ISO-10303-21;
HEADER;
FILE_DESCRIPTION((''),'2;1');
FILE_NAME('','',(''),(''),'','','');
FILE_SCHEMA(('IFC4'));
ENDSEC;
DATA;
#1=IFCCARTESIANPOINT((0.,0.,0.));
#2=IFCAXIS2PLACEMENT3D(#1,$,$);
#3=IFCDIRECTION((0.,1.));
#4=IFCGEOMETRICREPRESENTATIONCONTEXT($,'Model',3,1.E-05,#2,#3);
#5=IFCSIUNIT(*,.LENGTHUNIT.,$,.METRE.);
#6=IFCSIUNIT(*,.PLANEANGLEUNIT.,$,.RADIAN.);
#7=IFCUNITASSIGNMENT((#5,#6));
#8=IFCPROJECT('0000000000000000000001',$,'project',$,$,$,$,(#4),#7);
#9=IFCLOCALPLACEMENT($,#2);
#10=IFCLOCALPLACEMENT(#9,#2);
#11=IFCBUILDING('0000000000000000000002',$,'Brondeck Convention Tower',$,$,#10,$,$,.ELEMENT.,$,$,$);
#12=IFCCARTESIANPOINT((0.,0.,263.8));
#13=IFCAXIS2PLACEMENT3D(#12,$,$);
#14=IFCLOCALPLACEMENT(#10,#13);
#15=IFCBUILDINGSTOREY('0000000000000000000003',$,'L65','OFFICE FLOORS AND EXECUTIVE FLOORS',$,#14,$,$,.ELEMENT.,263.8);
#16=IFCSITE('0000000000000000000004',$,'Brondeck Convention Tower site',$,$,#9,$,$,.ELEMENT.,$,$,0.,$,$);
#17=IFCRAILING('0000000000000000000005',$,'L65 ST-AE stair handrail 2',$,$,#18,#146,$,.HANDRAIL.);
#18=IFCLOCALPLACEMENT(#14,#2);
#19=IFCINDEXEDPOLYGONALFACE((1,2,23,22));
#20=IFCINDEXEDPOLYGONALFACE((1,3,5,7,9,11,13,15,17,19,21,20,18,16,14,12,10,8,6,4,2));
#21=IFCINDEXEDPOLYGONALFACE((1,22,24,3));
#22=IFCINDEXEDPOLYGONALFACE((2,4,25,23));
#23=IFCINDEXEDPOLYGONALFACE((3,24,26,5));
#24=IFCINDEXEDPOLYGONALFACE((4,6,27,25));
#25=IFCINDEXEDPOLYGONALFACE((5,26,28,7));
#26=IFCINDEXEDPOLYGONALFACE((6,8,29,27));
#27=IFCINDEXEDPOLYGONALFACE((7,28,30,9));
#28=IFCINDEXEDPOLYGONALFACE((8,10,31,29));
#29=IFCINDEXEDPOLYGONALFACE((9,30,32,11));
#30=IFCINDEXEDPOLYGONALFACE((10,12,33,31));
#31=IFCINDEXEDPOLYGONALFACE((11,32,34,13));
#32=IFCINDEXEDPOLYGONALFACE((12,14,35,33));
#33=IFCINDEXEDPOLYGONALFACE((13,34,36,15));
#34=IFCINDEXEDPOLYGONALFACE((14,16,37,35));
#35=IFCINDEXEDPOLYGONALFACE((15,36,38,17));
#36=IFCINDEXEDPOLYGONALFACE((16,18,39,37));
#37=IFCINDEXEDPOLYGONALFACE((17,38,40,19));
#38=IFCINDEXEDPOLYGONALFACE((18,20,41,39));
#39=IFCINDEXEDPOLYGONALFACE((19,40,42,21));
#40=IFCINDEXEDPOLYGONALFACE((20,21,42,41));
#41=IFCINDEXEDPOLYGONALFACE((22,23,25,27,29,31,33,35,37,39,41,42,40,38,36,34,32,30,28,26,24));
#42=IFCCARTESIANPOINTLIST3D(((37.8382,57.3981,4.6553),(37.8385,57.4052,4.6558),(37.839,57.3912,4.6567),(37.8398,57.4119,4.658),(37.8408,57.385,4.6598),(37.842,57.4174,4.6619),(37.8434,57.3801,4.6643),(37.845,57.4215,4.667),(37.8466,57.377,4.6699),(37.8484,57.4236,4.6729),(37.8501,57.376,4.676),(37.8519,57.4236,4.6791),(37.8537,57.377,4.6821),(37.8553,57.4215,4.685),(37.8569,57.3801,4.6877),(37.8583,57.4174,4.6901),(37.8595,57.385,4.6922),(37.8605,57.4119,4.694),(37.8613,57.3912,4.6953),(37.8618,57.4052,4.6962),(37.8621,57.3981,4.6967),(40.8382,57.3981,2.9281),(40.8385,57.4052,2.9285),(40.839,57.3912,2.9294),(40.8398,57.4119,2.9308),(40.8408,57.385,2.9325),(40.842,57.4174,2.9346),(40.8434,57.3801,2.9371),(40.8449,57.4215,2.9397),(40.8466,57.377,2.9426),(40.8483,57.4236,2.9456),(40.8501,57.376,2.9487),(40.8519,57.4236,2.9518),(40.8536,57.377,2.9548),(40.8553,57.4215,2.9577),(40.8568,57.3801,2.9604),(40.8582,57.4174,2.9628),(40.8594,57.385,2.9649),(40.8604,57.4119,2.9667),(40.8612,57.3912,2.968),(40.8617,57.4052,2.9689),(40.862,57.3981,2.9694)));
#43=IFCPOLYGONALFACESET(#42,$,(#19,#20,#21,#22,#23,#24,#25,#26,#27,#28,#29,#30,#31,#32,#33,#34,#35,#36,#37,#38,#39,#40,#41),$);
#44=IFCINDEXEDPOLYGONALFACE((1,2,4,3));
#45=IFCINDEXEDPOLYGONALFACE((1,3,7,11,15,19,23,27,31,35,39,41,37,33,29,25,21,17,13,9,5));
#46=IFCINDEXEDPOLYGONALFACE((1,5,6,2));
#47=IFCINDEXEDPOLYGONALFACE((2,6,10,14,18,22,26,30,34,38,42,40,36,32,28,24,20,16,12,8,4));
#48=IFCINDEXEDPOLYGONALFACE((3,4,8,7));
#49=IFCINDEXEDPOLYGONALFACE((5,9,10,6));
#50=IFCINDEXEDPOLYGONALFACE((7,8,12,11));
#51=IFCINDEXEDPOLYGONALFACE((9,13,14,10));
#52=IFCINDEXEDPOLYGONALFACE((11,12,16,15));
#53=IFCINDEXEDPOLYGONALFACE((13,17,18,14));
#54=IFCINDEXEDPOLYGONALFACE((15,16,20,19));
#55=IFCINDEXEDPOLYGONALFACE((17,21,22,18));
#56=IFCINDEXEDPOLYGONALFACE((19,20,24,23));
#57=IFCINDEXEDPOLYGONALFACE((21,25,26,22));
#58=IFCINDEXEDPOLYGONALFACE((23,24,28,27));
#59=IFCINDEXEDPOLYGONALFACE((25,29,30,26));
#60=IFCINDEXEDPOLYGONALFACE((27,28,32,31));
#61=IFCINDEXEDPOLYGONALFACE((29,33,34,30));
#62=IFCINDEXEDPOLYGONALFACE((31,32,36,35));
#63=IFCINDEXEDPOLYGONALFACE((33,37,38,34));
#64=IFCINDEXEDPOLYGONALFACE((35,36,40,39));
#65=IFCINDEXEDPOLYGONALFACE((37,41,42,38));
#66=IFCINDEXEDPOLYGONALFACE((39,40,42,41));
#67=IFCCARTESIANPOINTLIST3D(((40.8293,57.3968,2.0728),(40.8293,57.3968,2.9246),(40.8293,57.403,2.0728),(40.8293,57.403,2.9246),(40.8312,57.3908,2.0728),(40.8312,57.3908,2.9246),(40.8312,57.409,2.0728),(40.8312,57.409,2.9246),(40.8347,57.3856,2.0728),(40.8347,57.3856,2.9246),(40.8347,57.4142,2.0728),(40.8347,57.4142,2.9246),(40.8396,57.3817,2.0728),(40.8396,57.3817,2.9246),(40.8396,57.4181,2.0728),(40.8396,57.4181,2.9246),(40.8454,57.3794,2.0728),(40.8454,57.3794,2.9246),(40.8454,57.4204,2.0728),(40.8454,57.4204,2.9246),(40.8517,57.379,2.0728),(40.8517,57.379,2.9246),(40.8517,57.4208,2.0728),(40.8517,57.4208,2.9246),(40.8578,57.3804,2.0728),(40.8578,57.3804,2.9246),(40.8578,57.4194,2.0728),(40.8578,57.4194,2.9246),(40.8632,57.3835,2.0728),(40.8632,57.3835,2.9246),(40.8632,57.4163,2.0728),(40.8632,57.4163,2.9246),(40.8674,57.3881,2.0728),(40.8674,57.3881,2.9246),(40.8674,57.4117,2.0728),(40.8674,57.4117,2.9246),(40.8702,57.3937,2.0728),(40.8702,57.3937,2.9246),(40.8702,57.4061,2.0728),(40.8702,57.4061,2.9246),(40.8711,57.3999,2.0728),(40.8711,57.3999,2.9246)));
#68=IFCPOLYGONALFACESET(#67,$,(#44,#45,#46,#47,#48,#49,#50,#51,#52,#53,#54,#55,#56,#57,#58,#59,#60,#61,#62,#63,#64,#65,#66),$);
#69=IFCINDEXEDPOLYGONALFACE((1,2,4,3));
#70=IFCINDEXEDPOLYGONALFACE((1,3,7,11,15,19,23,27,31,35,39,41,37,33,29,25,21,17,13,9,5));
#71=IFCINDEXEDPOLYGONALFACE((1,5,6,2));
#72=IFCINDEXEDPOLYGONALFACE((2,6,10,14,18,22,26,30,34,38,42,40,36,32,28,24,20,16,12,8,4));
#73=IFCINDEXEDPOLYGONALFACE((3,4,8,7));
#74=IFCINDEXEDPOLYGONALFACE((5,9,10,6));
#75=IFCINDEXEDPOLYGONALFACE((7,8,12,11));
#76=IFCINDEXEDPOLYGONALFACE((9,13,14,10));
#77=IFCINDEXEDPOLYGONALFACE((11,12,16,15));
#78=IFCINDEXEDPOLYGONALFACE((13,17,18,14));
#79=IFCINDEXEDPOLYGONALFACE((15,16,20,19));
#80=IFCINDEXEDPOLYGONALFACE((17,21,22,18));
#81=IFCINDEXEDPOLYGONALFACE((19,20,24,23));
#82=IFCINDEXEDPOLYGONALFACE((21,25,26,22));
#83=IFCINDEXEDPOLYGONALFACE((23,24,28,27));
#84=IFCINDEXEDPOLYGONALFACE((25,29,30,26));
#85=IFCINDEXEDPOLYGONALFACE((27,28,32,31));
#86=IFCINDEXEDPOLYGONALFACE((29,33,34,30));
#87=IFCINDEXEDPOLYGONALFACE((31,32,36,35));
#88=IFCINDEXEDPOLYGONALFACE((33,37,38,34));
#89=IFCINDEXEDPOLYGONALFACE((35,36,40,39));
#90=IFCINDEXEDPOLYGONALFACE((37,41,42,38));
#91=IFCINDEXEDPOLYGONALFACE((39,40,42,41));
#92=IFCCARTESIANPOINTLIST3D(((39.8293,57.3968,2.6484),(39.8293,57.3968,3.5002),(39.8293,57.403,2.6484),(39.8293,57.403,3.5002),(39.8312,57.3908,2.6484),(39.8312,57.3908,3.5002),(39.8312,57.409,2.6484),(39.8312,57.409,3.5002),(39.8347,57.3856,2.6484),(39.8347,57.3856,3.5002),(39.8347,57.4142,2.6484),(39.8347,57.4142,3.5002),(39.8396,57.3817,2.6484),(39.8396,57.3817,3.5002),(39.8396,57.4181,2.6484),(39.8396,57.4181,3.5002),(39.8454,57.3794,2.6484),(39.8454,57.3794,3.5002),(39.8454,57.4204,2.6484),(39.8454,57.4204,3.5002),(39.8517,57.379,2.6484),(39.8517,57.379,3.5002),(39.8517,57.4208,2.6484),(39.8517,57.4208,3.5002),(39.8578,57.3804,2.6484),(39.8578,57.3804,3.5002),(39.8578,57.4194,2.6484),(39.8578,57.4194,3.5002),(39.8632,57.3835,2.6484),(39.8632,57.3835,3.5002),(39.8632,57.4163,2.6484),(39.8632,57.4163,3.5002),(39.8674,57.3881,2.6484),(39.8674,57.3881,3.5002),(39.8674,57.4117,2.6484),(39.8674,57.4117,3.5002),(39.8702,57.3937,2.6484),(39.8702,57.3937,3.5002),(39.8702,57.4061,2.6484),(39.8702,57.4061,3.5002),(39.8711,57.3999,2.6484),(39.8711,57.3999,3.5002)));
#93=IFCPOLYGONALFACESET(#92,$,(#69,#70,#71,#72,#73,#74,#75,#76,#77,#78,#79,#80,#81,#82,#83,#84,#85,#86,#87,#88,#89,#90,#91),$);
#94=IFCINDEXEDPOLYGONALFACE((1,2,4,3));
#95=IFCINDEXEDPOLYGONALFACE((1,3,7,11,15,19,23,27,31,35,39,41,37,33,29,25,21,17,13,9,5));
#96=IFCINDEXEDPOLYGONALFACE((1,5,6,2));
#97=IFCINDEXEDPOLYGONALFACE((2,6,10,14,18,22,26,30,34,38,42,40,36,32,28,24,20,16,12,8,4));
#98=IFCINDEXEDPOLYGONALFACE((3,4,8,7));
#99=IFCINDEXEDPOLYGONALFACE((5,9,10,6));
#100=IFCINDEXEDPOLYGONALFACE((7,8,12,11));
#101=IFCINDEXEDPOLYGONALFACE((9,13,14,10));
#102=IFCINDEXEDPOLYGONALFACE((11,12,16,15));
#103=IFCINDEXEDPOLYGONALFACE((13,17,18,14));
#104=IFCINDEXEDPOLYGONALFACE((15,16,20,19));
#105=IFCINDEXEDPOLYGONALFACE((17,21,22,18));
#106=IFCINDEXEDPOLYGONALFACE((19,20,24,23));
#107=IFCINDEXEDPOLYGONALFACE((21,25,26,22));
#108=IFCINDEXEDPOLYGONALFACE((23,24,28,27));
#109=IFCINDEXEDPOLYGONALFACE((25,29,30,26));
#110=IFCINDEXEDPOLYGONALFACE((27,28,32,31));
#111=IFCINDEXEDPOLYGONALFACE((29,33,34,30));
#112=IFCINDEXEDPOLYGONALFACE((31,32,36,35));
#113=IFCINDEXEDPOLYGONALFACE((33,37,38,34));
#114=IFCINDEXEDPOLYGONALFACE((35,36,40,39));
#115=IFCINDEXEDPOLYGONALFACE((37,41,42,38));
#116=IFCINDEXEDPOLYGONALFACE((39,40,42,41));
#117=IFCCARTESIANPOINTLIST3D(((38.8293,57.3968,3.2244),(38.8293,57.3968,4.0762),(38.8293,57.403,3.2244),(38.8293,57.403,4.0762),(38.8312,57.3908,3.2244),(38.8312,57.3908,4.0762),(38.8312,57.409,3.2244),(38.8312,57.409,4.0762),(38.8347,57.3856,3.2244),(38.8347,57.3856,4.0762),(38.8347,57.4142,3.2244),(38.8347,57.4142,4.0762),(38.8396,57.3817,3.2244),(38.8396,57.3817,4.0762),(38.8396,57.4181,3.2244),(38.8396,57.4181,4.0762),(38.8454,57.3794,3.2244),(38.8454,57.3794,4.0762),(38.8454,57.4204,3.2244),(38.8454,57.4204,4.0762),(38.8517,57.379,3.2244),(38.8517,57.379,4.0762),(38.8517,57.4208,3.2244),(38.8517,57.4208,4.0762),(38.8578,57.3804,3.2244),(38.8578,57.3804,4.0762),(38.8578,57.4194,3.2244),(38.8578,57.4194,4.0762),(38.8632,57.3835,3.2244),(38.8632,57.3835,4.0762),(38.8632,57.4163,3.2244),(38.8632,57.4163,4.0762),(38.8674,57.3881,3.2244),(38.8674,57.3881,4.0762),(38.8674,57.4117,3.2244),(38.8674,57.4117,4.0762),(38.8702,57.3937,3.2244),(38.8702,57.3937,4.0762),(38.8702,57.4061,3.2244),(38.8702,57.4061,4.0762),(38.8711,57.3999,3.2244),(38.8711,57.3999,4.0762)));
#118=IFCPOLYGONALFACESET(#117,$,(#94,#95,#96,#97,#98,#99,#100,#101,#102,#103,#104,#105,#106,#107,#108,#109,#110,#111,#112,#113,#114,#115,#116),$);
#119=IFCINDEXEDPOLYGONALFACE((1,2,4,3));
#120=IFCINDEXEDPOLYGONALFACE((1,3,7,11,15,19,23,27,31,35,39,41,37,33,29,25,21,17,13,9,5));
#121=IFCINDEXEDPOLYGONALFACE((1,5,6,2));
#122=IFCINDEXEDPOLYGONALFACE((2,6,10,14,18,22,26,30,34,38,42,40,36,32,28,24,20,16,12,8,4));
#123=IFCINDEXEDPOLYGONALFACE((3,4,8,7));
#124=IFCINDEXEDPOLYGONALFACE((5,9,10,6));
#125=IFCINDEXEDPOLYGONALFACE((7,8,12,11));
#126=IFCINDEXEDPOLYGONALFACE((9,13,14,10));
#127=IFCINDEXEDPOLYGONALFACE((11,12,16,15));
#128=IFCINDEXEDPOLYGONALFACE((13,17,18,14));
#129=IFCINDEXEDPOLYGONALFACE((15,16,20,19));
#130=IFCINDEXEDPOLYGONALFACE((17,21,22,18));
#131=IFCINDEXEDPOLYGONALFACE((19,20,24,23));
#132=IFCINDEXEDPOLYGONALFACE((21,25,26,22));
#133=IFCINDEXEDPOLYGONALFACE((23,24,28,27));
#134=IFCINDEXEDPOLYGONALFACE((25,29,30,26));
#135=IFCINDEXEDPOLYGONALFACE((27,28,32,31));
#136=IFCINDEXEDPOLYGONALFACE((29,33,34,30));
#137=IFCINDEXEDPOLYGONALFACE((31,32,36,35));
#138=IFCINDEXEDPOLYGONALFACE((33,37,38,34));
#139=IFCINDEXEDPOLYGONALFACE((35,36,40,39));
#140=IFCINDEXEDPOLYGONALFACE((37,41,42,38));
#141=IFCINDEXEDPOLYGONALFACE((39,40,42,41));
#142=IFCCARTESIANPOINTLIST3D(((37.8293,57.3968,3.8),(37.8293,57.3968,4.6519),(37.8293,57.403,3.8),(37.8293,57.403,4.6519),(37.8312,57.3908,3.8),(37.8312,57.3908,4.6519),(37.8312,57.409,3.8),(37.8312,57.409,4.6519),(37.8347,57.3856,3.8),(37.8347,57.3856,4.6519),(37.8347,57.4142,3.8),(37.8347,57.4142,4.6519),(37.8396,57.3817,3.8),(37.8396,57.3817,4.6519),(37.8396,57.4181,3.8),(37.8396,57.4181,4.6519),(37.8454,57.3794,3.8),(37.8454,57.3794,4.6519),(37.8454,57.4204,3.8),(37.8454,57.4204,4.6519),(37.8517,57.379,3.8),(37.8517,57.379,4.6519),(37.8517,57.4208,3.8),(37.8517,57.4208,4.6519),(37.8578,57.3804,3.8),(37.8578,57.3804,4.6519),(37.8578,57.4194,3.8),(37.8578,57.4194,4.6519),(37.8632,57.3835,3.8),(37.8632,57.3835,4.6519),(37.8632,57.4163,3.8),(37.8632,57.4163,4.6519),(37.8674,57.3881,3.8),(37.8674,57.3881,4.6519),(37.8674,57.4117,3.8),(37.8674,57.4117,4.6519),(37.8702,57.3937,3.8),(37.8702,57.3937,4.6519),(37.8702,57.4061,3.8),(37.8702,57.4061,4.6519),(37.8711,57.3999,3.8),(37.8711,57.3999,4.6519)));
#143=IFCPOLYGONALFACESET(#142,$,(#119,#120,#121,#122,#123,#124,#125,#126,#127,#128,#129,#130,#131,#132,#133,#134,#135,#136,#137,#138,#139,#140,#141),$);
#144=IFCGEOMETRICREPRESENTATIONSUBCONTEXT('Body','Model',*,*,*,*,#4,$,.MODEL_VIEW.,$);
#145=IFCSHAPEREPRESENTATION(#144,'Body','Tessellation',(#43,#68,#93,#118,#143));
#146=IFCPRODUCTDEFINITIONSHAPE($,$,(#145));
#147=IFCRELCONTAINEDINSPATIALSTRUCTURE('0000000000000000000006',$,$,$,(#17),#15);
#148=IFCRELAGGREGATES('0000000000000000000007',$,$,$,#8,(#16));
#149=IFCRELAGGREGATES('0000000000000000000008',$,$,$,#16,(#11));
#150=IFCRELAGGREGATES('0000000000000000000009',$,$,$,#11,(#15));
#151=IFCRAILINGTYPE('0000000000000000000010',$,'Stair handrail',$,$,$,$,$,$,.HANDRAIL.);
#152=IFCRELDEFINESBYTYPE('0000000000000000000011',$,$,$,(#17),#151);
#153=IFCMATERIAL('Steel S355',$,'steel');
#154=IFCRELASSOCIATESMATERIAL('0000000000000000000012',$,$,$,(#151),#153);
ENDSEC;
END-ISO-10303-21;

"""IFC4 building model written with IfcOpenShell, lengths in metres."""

from ifc_helpers import new_model, si_unit, direction, frame, origin, origin_2d, place, context, subcontext, project, spatial, circle, extrude, material, type_object, element, save


model = new_model("IFC4")

# Units and contexts
model_context = context("Model", 3, precision=1e-05, world=origin(), true_north=direction((0.0, 1.0)))
body_context = subcontext(model_context, "Body", "Model", "MODEL_VIEW")
ifc_project = project(units=[si_unit("LENGTHUNIT", "METRE"), si_unit("PLANEANGLEUNIT", "RADIAN")], contexts=[model_context])

# Site, building, storey
site_placement = place(None, origin())
site = spatial("IfcSite", under=ifc_project, at=site_placement, Name="Brondeck Convention Tower site", CompositionType="ELEMENT", RefElevation=0.0)
building_placement = place(site_placement, origin())
building = spatial("IfcBuilding", under=site, at=building_placement, Name="Brondeck Convention Tower", CompositionType="ELEMENT")
storey_placement = place(building_placement, frame((0.0, 0.0, 263.8)))
storey = spatial("IfcBuildingStorey", under=building, at=storey_placement, Name="L65", Description="OFFICE FLOORS AND EXECUTIVE FLOORS", CompositionType="ELEMENT", Elevation=263.8)

# Shared definitions
ifc_material_1 = material(Name="Steel S355", Category="steel")

# Railing
railing_type = type_object("IfcRailingType", Name="Stair handrail", PredefinedType="HANDRAIL", material=ifc_material_1)
railing_placement = place(storey_placement, frame((40.8501, 57.3999, 2.0728)))
element("IfcRailing", 1, at=railing_placement, inside=storey, type_object=railing_type, Name="L65 ST-AE stair handrail 2", PredefinedType="HANDRAIL", context=body_context, shape_type="SweptSolid", body=[
    extrude(circle(Radius=0.0239, at=origin_2d()), frame((0.0, 0.0, 0.876), z_axis=(-0.86662, 0.0, 0.498969), x_axis=(0.0, -1.0, 0.0)), (0.0, 0.0, 1.0), 3.4617),
    extrude(circle(Radius=0.021, at=origin_2d()), origin(), (0.0, 0.0, 1.0), 0.8518),
    extrude(circle(Radius=0.021, at=origin_2d()), frame((-1.0, 0.0, 0.5757)), (0.0, 0.0, 1.0), 0.8518),
    extrude(circle(Radius=0.021, at=origin_2d()), frame((-2.0, 0.0, 1.1516)), (0.0, 0.0, 1.0), 0.8518),
    extrude(circle(Radius=0.021, at=origin_2d()), frame((-3.0, 0.0, 1.7273)), (0.0, 0.0, 1.0), 0.8518),
])

save(model, "model.ifc")
